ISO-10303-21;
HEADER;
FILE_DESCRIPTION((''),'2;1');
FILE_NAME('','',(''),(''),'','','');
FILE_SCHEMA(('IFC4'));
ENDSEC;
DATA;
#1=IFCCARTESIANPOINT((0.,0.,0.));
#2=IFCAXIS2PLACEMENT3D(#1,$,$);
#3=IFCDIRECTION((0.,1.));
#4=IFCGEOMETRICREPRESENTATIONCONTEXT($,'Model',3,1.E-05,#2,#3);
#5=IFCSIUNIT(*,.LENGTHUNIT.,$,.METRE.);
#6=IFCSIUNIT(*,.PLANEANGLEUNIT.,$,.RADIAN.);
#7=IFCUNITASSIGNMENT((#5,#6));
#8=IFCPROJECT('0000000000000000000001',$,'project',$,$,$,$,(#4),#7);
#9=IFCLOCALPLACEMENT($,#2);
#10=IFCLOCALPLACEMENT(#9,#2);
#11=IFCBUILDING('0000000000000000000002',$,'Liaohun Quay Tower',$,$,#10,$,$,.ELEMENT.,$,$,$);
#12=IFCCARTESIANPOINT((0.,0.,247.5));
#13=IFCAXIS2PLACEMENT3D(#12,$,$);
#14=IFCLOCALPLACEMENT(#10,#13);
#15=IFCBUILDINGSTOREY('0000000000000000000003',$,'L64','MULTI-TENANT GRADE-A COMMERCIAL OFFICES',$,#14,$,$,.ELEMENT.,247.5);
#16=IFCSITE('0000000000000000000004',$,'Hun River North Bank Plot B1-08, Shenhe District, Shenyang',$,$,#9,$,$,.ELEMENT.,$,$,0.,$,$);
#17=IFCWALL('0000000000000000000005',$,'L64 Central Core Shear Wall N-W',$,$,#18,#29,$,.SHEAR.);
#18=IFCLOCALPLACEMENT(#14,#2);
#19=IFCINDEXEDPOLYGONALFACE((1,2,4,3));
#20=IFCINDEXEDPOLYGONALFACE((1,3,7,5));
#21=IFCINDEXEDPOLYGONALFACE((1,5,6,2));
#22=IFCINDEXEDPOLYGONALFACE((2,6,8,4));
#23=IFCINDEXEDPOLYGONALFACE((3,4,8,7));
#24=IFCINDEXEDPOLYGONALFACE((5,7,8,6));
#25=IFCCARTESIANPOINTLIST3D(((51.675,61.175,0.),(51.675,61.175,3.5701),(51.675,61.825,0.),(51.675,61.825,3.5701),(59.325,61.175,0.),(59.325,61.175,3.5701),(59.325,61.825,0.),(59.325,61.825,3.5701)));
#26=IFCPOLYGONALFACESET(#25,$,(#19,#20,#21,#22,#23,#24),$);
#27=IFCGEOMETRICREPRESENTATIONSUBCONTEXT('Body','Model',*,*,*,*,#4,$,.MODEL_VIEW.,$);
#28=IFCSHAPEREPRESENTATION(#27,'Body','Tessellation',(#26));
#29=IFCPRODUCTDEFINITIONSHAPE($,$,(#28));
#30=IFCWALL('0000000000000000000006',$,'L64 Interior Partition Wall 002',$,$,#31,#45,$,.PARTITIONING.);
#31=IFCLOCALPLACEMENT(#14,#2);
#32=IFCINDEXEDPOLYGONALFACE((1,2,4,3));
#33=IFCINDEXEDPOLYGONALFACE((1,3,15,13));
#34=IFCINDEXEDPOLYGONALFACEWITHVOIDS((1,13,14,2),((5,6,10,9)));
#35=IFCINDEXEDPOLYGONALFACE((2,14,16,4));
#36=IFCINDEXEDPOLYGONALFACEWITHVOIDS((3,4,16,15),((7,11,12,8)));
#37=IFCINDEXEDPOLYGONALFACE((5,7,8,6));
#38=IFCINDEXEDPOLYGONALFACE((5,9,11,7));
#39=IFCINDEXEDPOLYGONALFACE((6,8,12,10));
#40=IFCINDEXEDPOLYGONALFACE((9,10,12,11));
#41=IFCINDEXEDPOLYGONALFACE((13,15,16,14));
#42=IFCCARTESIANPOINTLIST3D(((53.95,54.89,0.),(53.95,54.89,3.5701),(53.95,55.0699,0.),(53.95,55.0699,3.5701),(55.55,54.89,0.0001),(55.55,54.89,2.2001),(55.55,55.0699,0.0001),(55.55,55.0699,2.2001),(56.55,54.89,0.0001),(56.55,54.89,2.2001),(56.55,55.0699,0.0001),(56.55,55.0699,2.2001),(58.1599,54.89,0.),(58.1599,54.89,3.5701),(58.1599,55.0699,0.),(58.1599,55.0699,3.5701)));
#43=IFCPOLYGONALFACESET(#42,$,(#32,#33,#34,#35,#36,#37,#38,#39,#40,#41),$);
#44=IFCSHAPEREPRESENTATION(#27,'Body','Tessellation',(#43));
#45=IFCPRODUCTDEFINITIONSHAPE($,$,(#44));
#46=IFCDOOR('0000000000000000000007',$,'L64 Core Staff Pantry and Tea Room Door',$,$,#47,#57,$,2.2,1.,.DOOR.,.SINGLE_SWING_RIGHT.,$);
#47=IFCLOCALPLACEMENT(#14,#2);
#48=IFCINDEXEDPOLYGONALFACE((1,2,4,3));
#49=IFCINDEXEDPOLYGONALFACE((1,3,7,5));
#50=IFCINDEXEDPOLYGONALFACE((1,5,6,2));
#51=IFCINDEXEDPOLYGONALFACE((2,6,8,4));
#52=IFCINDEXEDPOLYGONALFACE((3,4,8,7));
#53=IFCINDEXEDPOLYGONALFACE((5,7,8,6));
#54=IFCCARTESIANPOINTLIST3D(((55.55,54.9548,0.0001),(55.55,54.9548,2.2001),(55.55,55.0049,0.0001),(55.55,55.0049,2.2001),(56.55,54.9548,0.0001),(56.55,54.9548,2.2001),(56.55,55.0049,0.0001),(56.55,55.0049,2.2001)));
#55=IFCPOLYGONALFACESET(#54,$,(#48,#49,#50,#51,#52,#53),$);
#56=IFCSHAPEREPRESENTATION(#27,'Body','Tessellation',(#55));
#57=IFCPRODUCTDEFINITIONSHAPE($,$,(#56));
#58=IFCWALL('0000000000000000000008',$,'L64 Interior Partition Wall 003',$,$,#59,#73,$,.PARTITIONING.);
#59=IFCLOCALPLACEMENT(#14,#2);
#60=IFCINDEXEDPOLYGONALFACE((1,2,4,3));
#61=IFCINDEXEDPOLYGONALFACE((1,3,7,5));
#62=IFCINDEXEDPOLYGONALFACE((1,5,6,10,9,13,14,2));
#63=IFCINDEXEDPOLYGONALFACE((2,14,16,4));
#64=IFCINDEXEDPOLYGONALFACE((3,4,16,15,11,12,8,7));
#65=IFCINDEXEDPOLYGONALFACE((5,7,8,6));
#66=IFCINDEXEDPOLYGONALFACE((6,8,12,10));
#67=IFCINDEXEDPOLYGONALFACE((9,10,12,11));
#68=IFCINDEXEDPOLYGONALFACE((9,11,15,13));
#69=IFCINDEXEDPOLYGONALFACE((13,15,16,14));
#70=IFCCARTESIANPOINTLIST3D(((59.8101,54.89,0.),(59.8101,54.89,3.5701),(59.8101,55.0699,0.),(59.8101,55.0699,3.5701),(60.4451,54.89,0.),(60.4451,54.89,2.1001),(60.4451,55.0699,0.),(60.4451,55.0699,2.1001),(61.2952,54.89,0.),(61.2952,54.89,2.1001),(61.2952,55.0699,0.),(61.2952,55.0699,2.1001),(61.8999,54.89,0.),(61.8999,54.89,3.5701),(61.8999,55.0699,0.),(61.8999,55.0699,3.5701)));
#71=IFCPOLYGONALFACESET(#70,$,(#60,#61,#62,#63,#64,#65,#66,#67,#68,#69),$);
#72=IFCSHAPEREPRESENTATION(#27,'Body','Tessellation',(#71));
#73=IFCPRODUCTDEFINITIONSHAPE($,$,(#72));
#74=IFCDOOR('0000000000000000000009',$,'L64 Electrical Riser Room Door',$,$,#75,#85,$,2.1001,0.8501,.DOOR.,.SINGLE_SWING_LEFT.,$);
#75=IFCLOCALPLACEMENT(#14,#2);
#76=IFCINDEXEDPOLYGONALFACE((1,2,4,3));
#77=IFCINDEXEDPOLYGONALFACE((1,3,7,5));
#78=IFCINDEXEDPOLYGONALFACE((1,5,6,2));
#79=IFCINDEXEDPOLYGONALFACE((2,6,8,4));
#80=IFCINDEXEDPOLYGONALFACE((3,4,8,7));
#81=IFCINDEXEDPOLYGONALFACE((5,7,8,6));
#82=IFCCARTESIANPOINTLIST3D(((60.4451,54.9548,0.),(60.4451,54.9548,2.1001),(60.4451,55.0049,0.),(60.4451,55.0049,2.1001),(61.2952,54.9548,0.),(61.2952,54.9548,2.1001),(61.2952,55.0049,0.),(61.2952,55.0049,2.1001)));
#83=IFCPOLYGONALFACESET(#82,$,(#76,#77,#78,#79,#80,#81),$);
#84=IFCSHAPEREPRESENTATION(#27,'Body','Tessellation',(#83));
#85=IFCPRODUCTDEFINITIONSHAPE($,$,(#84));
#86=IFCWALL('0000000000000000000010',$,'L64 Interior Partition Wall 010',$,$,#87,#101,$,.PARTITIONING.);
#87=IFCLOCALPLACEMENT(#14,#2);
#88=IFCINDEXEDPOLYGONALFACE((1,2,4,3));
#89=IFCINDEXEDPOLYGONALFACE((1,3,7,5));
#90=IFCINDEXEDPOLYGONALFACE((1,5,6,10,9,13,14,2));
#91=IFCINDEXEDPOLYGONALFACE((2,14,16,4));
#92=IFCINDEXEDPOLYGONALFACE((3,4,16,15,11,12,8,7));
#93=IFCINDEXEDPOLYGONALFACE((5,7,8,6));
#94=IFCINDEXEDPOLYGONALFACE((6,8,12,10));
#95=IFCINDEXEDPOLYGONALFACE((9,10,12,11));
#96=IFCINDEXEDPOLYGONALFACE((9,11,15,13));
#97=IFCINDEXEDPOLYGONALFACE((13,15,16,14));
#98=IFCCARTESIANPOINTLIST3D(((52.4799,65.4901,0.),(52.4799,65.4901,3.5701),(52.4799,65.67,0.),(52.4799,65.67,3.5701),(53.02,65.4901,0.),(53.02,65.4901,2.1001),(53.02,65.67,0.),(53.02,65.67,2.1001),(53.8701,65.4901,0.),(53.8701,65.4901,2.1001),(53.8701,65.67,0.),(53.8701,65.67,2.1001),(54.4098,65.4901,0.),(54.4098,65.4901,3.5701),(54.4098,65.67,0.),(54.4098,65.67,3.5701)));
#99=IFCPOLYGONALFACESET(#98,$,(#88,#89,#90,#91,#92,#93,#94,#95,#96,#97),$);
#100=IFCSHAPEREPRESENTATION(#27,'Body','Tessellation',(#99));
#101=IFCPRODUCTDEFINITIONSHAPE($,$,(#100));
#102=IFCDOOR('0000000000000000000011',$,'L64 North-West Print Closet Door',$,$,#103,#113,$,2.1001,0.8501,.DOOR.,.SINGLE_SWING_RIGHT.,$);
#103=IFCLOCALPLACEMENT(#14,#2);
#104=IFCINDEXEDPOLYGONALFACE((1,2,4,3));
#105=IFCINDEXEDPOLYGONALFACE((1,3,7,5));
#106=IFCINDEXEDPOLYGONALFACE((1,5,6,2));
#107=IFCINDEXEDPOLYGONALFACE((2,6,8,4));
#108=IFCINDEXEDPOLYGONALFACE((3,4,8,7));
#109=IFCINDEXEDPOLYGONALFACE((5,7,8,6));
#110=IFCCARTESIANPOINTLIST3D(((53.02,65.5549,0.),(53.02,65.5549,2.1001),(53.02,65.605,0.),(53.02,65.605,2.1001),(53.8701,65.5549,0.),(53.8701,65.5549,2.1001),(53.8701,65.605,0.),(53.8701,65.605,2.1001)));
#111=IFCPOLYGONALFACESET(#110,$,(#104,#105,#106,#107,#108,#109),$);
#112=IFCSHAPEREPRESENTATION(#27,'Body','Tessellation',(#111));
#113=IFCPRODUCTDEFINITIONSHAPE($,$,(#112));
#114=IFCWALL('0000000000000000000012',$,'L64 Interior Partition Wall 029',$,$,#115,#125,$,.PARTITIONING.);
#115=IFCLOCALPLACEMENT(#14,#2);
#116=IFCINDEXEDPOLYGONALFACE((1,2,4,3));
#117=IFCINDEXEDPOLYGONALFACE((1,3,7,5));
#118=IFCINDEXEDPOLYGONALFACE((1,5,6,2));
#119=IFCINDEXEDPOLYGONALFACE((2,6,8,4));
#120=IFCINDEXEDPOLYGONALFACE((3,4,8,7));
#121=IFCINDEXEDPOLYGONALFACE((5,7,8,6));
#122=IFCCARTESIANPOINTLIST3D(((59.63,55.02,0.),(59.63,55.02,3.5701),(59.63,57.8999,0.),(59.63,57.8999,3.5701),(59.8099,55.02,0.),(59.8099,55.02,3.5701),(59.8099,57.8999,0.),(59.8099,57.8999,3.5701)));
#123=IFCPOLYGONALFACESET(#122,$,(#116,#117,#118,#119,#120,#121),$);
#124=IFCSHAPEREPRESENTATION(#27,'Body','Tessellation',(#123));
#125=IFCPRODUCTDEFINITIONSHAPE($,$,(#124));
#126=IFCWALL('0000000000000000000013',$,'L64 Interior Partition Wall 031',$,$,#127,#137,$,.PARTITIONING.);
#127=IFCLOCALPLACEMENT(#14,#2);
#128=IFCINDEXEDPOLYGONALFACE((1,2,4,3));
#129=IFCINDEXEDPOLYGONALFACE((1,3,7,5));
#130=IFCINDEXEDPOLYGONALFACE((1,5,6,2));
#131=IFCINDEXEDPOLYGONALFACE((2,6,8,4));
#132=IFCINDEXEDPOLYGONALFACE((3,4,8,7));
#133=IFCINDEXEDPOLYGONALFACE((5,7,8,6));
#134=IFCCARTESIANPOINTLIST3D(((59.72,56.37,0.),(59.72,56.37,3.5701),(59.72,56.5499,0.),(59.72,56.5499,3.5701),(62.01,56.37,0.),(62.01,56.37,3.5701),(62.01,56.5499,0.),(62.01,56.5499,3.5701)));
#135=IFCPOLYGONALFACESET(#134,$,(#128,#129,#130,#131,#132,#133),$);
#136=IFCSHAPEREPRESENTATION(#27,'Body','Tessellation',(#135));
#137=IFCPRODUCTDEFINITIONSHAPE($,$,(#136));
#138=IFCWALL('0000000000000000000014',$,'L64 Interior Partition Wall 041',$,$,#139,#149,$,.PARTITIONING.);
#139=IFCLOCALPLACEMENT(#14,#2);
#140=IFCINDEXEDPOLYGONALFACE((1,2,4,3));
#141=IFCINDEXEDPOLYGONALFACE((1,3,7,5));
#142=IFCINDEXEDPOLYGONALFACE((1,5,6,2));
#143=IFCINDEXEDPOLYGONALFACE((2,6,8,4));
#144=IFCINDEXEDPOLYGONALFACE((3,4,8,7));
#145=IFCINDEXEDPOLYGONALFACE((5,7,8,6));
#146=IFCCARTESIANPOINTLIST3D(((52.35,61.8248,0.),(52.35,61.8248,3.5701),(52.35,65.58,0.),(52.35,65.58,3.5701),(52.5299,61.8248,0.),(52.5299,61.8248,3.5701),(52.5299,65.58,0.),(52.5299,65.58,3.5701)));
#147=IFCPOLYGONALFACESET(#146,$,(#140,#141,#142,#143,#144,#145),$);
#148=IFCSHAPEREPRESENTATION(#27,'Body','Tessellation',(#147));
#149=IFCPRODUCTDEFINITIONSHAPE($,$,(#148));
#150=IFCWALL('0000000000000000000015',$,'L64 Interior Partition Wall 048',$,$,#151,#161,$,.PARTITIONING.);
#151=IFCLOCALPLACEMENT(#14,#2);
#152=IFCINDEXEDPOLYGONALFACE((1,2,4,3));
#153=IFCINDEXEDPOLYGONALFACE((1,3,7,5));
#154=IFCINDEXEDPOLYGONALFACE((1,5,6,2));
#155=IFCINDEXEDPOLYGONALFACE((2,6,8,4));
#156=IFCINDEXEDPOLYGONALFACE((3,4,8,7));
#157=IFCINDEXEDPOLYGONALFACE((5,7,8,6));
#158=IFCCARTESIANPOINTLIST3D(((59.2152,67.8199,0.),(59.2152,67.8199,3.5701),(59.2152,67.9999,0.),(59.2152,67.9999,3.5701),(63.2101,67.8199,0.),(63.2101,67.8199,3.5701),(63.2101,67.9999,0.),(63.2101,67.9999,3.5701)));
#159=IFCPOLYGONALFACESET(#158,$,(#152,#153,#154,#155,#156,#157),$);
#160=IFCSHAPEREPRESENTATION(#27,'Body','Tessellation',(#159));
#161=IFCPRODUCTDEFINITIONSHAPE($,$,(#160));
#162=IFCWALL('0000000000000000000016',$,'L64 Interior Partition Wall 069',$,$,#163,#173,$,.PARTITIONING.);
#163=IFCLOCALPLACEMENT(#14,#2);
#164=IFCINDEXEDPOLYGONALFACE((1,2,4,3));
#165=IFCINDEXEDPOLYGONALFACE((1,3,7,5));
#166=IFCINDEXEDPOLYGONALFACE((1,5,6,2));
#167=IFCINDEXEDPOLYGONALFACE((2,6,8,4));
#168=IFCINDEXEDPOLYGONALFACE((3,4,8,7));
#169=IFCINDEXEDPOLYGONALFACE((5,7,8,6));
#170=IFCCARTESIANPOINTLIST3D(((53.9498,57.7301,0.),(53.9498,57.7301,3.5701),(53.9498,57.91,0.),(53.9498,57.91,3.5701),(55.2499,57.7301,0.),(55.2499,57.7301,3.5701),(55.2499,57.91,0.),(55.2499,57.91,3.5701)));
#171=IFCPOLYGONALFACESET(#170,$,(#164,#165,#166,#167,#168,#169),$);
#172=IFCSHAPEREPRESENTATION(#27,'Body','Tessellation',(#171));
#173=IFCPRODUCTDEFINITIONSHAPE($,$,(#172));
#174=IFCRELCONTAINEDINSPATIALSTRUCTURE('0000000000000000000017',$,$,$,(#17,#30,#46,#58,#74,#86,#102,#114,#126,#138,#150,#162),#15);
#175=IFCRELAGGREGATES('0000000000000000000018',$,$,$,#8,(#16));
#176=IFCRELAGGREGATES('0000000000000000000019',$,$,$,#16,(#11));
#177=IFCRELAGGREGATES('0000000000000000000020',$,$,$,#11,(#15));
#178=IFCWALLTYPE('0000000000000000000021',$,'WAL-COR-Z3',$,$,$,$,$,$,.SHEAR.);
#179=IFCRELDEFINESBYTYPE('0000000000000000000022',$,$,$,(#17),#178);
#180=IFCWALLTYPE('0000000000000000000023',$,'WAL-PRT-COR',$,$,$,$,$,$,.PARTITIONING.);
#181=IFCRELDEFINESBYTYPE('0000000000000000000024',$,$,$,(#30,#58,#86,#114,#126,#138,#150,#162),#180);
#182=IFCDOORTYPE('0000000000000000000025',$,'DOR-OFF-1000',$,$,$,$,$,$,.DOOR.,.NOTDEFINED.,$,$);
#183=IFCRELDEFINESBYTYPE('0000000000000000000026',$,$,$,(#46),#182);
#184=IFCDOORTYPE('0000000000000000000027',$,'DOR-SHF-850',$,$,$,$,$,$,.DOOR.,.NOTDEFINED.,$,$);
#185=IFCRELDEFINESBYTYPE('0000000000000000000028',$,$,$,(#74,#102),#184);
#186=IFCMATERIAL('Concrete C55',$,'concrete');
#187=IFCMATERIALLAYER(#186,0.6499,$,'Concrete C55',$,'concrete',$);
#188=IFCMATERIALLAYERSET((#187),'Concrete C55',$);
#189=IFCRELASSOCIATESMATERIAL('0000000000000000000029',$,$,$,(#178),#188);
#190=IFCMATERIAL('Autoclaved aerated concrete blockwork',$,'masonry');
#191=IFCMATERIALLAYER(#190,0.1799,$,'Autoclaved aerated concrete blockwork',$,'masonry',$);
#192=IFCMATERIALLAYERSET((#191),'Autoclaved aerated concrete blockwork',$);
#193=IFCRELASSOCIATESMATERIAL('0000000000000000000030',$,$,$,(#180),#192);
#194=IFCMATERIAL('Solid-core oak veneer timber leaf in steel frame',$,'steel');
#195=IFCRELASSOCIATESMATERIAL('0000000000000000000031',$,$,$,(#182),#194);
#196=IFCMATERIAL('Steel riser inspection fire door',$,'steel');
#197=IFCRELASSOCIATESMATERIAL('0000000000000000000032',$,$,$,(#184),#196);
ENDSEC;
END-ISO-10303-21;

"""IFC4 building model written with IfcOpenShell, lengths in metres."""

from ifc_helpers import new_model, si_unit, direction, frame, frame_2d, origin, place, context, subcontext, project, spatial, rectangle, extrude, source, transform, mapped, material, layer, layer_set, type_object, element, fill, save


model = new_model("IFC4")

# Units and contexts
model_context = context("Model", 3, precision=1e-05, world=origin(), true_north=direction((0.0, 1.0)))
body_context = subcontext(model_context, "Body", "Model", "MODEL_VIEW")
ifc_project = project(units=[si_unit("LENGTHUNIT", "METRE"), si_unit("PLANEANGLEUNIT", "RADIAN")], contexts=[model_context])

# Site, building, storey
site_placement = place(None, origin())
site = spatial("IfcSite", under=ifc_project, at=site_placement, Name="Hun River North Bank Plot B1-08, Shenhe District, Shenyang", CompositionType="ELEMENT", RefElevation=0.0)
building_placement = place(site_placement, origin())
building = spatial("IfcBuilding", under=site, at=building_placement, Name="Liaohun Quay Tower", CompositionType="ELEMENT")
storey_placement = place(building_placement, frame((0.0, 0.0, 247.5)))
storey = spatial("IfcBuildingStorey", under=building, at=storey_placement, Name="L64", Description="MULTI-TENANT GRADE-A COMMERCIAL OFFICES", CompositionType="ELEMENT", Elevation=247.5)

# Wall
ifc_material_1 = material(Name="Concrete C55", Category="concrete")
ifc_layer_1 = layer(ifc_material_1, 0.6499, Name="Concrete C55", Category="concrete")
ifc_layer_set_1 = layer_set([ifc_layer_1], Name="Concrete C55")
wall_type_1 = type_object("IfcWallType", Name="WAL-COR-Z3", PredefinedType="SHEAR", material=ifc_layer_set_1)
wall_1_placement = place(storey_placement, frame((51.675, 61.5, 0.0), z_axis=(0.0, 0.0, 1.0), x_axis=(1.0, 0.0, 0.0)))
element("IfcWall", 1, at=wall_1_placement, inside=storey, type_object=wall_type_1, Name="L64 Central Core Shear Wall N-W", PredefinedType="SHEAR", context=body_context, shape_type="SweptSolid", body=[
    extrude(rectangle(XDim=7.6499, YDim=0.6499, at=frame_2d((3.825, 0.0))), origin(), (0.0, 0.0, 1.0), 3.5701),
])

# Walls, openings, doors
ifc_material_2 = material(Name="Autoclaved aerated concrete blockwork", Category="masonry")
ifc_layer_2 = layer(ifc_material_2, 0.1799, Name="Autoclaved aerated concrete blockwork", Category="masonry")
ifc_layer_set_2 = layer_set([ifc_layer_2], Name="Autoclaved aerated concrete blockwork")
wall_type_2 = type_object("IfcWallType", Name="WAL-PRT-COR", PredefinedType="PARTITIONING", material=ifc_layer_set_2)
wall_2_placement = place(storey_placement, frame((53.95, 54.98, 0.0), z_axis=(0.0, 0.0, 1.0), x_axis=(1.0, 0.0, 0.0)))
wall_2 = element("IfcWall", 2, at=wall_2_placement, inside=storey, type_object=wall_type_2, Name="L64 Interior Partition Wall 002", PredefinedType="PARTITIONING", context=body_context, shape_type="SweptSolid", body=[
    extrude(rectangle(XDim=4.21, YDim=0.1799, at=frame_2d((2.105, 0.0))), origin(), (0.0, 0.0, 1.0), 3.5701),
])
shared_shape_1 = source(origin(), body_context, "Body", "SweptSolid", [
    extrude(rectangle(XDim=1.0, YDim=2.2, at=frame_2d((0.5, 1.1001))), frame((0.0, 0.0999, 0.0), z_axis=(0.0, -1.0, 0.0), x_axis=(1.0, 0.0, 0.0)), (0.0, 0.0, 1.0), 0.2),
])
opening_1_placement = place(wall_2_placement, frame((1.6001, 0.0, 0.0)))
opening_1 = element("IfcOpeningElement", 3, at=opening_1_placement, cuts=wall_2, PredefinedType="OPENING", context=body_context, shape_type="MappedRepresentation", body=[
    mapped(shared_shape_1, transform((0.0, 0.0, 0.0), x_axis=(1.0, 0.0, 0.0), y_axis=(0.0, 1.0, 0.0), z_axis=(0.0, 0.0, 1.0), scale=1.0)),
])
ifc_material_3 = material(Name="Solid-core oak veneer timber leaf in steel frame", Category="steel")
door_type_1 = type_object("IfcDoorType", Name="DOR-OFF-1000", OperationType="NOTDEFINED", PredefinedType="DOOR", material=ifc_material_3)
shared_shape_2 = source(origin(), body_context, "Body", "SweptSolid", [
    extrude(rectangle(XDim=1.0, YDim=2.2, at=frame_2d((0.5, 1.1001))), frame((0.0, 0.0249, 0.0), z_axis=(0.0, -1.0, 0.0), x_axis=(1.0, 0.0, 0.0)), (0.0, 0.0, 1.0), 0.05),
])
door_1_placement = place(opening_1_placement, origin())
door_1 = element("IfcDoor", 4, at=door_1_placement, inside=storey, type_object=door_type_1, Name="L64 Core Staff Pantry and Tea Room Door", OperationType="SINGLE_SWING_RIGHT", OverallHeight=2.2, OverallWidth=1.0, PredefinedType="DOOR", context=body_context, shape_type="MappedRepresentation", body=[
    mapped(shared_shape_2, transform((0.0, 0.0, 0.0), x_axis=(1.0, 0.0, 0.0), y_axis=(0.0, 1.0, 0.0), z_axis=(0.0, 0.0, 1.0), scale=1.0)),
])
fill(opening_1, door_1)
wall_3_placement = place(storey_placement, frame((59.8101, 54.98, 0.0), z_axis=(0.0, 0.0, 1.0), x_axis=(1.0, 0.0, 0.0)))
wall_3 = element("IfcWall", 5, at=wall_3_placement, inside=storey, type_object=wall_type_2, Name="L64 Interior Partition Wall 003", PredefinedType="PARTITIONING", context=body_context, shape_type="SweptSolid", body=[
    extrude(rectangle(XDim=2.0898, YDim=0.1799, at=frame_2d((1.0449, 0.0))), origin(), (0.0, 0.0, 1.0), 3.5701),
])
shared_shape_3 = source(origin(), body_context, "Body", "SweptSolid", [
    extrude(rectangle(XDim=0.8501, YDim=2.1001, at=frame_2d((0.425, 1.05))), frame((0.0, 0.0999, 0.0), z_axis=(0.0, -1.0, 0.0), x_axis=(1.0, 0.0, 0.0)), (0.0, 0.0, 1.0), 0.2),
])
opening_2_placement = place(wall_3_placement, frame((0.635, 0.0, 0.0)))
opening_2 = element("IfcOpeningElement", 6, at=opening_2_placement, cuts=wall_3, PredefinedType="OPENING", context=body_context, shape_type="MappedRepresentation", body=[
    mapped(shared_shape_3, transform((0.0, 0.0, 0.0), x_axis=(1.0, 0.0, 0.0), y_axis=(0.0, 1.0, 0.0), z_axis=(0.0, 0.0, 1.0), scale=1.0)),
])
ifc_material_4 = material(Name="Steel riser inspection fire door", Category="steel")
door_type_2 = type_object("IfcDoorType", Name="DOR-SHF-850", OperationType="NOTDEFINED", PredefinedType="DOOR", material=ifc_material_4)
shared_shape_4 = source(origin(), body_context, "Body", "SweptSolid", [
    extrude(rectangle(XDim=0.8501, YDim=2.1001, at=frame_2d((0.425, 1.05))), frame((0.0, 0.0249, 0.0), z_axis=(0.0, -1.0, 0.0), x_axis=(1.0, 0.0, 0.0)), (0.0, 0.0, 1.0), 0.05),
])
door_2_placement = place(opening_2_placement, origin())
door_2 = element("IfcDoor", 7, at=door_2_placement, inside=storey, type_object=door_type_2, Name="L64 Electrical Riser Room Door", OperationType="SINGLE_SWING_LEFT", OverallHeight=2.1001, OverallWidth=0.8501, PredefinedType="DOOR", context=body_context, shape_type="MappedRepresentation", body=[
    mapped(shared_shape_4, transform((0.0, 0.0, 0.0), x_axis=(1.0, 0.0, 0.0), y_axis=(0.0, 1.0, 0.0), z_axis=(0.0, 0.0, 1.0), scale=1.0)),
])
fill(opening_2, door_2)
wall_4_placement = place(storey_placement, frame((52.48, 65.5801, 0.0), z_axis=(0.0, 0.0, 1.0), x_axis=(1.0, 0.0, 0.0)))
wall_4 = element("IfcWall", 8, at=wall_4_placement, inside=storey, type_object=wall_type_2, Name="L64 Interior Partition Wall 010", PredefinedType="PARTITIONING", context=body_context, shape_type="SweptSolid", body=[
    extrude(rectangle(XDim=1.9299, YDim=0.1799, at=frame_2d((0.9648, 0.0))), origin(), (0.0, 0.0, 1.0), 3.5701),
])
opening_3_placement = place(wall_4_placement, frame((0.54, 0.0, 0.0)))
opening_3 = element("IfcOpeningElement", 9, at=opening_3_placement, cuts=wall_4, PredefinedType="OPENING", context=body_context, shape_type="MappedRepresentation", body=[
    mapped(shared_shape_3, transform((0.0, 0.0, 0.0), x_axis=(1.0, 0.0, 0.0), y_axis=(0.0, 1.0, 0.0), z_axis=(0.0, 0.0, 1.0), scale=1.0)),
])
door_3_placement = place(opening_3_placement, origin())
door_3 = element("IfcDoor", 10, at=door_3_placement, inside=storey, type_object=door_type_2, Name="L64 North-West Print Closet Door", OperationType="SINGLE_SWING_RIGHT", OverallHeight=2.1001, OverallWidth=0.8501, PredefinedType="DOOR", context=body_context, shape_type="MappedRepresentation", body=[
    mapped(shared_shape_4, transform((0.0, 0.0, 0.0), x_axis=(1.0, 0.0, 0.0), y_axis=(0.0, 1.0, 0.0), z_axis=(0.0, 0.0, 1.0), scale=1.0)),
])
fill(opening_3, door_3)

# Walls
wall_5_placement = place(storey_placement, frame((59.72, 55.02, 0.0), z_axis=(0.0, 0.0, 1.0), x_axis=(0.0, 1.0, 0.0)))
element("IfcWall", 11, at=wall_5_placement, inside=storey, type_object=wall_type_2, Name="L64 Interior Partition Wall 029", PredefinedType="PARTITIONING", context=body_context, shape_type="SweptSolid", body=[
    extrude(rectangle(XDim=2.8799, YDim=0.1799, at=frame_2d((1.4399, 0.0))), origin(), (0.0, 0.0, 1.0), 3.5701),
])
wall_6_placement = place(storey_placement, frame((59.72, 56.46, 0.0), z_axis=(0.0, 0.0, 1.0), x_axis=(1.0, 0.0, 0.0)))
element("IfcWall", 12, at=wall_6_placement, inside=storey, type_object=wall_type_2, Name="L64 Interior Partition Wall 031", PredefinedType="PARTITIONING", context=body_context, shape_type="SweptSolid", body=[
    extrude(rectangle(XDim=2.29, YDim=0.1799, at=frame_2d((1.145, 0.0))), origin(), (0.0, 0.0, 1.0), 3.5701),
])
wall_7_placement = place(storey_placement, frame((52.4399, 61.825, 0.0), z_axis=(0.0, 0.0, 1.0), x_axis=(0.0, 1.0, 0.0)))
element("IfcWall", 13, at=wall_7_placement, inside=storey, type_object=wall_type_2, Name="L64 Interior Partition Wall 041", PredefinedType="PARTITIONING", context=body_context, shape_type="SweptSolid", body=[
    extrude(rectangle(XDim=3.7551, YDim=0.1799, at=frame_2d((1.8774, 0.0))), origin(), (0.0, 0.0, 1.0), 3.5701),
])
wall_8_placement = place(storey_placement, frame((59.2151, 67.9099, 0.0), z_axis=(0.0, 0.0, 1.0), x_axis=(1.0, 0.0, 0.0)))
element("IfcWall", 14, at=wall_8_placement, inside=storey, type_object=wall_type_2, Name="L64 Interior Partition Wall 048", PredefinedType="PARTITIONING", context=body_context, shape_type="SweptSolid", body=[
    extrude(rectangle(XDim=3.9949, YDim=0.1799, at=frame_2d((1.9976, 0.0))), origin(), (0.0, 0.0, 1.0), 3.5701),
])
wall_9_placement = place(storey_placement, frame((53.95, 57.8201, 0.0), z_axis=(0.0, 0.0, 1.0), x_axis=(1.0, 0.0, 0.0)))
element("IfcWall", 15, at=wall_9_placement, inside=storey, type_object=wall_type_2, Name="L64 Interior Partition Wall 069", PredefinedType="PARTITIONING", context=body_context, shape_type="SweptSolid", body=[
    extrude(rectangle(XDim=1.3, YDim=0.1799, at=frame_2d((0.6499, 0.0))), origin(), (0.0, 0.0, 1.0), 3.5701),
])

save(model, "model.ifc")
